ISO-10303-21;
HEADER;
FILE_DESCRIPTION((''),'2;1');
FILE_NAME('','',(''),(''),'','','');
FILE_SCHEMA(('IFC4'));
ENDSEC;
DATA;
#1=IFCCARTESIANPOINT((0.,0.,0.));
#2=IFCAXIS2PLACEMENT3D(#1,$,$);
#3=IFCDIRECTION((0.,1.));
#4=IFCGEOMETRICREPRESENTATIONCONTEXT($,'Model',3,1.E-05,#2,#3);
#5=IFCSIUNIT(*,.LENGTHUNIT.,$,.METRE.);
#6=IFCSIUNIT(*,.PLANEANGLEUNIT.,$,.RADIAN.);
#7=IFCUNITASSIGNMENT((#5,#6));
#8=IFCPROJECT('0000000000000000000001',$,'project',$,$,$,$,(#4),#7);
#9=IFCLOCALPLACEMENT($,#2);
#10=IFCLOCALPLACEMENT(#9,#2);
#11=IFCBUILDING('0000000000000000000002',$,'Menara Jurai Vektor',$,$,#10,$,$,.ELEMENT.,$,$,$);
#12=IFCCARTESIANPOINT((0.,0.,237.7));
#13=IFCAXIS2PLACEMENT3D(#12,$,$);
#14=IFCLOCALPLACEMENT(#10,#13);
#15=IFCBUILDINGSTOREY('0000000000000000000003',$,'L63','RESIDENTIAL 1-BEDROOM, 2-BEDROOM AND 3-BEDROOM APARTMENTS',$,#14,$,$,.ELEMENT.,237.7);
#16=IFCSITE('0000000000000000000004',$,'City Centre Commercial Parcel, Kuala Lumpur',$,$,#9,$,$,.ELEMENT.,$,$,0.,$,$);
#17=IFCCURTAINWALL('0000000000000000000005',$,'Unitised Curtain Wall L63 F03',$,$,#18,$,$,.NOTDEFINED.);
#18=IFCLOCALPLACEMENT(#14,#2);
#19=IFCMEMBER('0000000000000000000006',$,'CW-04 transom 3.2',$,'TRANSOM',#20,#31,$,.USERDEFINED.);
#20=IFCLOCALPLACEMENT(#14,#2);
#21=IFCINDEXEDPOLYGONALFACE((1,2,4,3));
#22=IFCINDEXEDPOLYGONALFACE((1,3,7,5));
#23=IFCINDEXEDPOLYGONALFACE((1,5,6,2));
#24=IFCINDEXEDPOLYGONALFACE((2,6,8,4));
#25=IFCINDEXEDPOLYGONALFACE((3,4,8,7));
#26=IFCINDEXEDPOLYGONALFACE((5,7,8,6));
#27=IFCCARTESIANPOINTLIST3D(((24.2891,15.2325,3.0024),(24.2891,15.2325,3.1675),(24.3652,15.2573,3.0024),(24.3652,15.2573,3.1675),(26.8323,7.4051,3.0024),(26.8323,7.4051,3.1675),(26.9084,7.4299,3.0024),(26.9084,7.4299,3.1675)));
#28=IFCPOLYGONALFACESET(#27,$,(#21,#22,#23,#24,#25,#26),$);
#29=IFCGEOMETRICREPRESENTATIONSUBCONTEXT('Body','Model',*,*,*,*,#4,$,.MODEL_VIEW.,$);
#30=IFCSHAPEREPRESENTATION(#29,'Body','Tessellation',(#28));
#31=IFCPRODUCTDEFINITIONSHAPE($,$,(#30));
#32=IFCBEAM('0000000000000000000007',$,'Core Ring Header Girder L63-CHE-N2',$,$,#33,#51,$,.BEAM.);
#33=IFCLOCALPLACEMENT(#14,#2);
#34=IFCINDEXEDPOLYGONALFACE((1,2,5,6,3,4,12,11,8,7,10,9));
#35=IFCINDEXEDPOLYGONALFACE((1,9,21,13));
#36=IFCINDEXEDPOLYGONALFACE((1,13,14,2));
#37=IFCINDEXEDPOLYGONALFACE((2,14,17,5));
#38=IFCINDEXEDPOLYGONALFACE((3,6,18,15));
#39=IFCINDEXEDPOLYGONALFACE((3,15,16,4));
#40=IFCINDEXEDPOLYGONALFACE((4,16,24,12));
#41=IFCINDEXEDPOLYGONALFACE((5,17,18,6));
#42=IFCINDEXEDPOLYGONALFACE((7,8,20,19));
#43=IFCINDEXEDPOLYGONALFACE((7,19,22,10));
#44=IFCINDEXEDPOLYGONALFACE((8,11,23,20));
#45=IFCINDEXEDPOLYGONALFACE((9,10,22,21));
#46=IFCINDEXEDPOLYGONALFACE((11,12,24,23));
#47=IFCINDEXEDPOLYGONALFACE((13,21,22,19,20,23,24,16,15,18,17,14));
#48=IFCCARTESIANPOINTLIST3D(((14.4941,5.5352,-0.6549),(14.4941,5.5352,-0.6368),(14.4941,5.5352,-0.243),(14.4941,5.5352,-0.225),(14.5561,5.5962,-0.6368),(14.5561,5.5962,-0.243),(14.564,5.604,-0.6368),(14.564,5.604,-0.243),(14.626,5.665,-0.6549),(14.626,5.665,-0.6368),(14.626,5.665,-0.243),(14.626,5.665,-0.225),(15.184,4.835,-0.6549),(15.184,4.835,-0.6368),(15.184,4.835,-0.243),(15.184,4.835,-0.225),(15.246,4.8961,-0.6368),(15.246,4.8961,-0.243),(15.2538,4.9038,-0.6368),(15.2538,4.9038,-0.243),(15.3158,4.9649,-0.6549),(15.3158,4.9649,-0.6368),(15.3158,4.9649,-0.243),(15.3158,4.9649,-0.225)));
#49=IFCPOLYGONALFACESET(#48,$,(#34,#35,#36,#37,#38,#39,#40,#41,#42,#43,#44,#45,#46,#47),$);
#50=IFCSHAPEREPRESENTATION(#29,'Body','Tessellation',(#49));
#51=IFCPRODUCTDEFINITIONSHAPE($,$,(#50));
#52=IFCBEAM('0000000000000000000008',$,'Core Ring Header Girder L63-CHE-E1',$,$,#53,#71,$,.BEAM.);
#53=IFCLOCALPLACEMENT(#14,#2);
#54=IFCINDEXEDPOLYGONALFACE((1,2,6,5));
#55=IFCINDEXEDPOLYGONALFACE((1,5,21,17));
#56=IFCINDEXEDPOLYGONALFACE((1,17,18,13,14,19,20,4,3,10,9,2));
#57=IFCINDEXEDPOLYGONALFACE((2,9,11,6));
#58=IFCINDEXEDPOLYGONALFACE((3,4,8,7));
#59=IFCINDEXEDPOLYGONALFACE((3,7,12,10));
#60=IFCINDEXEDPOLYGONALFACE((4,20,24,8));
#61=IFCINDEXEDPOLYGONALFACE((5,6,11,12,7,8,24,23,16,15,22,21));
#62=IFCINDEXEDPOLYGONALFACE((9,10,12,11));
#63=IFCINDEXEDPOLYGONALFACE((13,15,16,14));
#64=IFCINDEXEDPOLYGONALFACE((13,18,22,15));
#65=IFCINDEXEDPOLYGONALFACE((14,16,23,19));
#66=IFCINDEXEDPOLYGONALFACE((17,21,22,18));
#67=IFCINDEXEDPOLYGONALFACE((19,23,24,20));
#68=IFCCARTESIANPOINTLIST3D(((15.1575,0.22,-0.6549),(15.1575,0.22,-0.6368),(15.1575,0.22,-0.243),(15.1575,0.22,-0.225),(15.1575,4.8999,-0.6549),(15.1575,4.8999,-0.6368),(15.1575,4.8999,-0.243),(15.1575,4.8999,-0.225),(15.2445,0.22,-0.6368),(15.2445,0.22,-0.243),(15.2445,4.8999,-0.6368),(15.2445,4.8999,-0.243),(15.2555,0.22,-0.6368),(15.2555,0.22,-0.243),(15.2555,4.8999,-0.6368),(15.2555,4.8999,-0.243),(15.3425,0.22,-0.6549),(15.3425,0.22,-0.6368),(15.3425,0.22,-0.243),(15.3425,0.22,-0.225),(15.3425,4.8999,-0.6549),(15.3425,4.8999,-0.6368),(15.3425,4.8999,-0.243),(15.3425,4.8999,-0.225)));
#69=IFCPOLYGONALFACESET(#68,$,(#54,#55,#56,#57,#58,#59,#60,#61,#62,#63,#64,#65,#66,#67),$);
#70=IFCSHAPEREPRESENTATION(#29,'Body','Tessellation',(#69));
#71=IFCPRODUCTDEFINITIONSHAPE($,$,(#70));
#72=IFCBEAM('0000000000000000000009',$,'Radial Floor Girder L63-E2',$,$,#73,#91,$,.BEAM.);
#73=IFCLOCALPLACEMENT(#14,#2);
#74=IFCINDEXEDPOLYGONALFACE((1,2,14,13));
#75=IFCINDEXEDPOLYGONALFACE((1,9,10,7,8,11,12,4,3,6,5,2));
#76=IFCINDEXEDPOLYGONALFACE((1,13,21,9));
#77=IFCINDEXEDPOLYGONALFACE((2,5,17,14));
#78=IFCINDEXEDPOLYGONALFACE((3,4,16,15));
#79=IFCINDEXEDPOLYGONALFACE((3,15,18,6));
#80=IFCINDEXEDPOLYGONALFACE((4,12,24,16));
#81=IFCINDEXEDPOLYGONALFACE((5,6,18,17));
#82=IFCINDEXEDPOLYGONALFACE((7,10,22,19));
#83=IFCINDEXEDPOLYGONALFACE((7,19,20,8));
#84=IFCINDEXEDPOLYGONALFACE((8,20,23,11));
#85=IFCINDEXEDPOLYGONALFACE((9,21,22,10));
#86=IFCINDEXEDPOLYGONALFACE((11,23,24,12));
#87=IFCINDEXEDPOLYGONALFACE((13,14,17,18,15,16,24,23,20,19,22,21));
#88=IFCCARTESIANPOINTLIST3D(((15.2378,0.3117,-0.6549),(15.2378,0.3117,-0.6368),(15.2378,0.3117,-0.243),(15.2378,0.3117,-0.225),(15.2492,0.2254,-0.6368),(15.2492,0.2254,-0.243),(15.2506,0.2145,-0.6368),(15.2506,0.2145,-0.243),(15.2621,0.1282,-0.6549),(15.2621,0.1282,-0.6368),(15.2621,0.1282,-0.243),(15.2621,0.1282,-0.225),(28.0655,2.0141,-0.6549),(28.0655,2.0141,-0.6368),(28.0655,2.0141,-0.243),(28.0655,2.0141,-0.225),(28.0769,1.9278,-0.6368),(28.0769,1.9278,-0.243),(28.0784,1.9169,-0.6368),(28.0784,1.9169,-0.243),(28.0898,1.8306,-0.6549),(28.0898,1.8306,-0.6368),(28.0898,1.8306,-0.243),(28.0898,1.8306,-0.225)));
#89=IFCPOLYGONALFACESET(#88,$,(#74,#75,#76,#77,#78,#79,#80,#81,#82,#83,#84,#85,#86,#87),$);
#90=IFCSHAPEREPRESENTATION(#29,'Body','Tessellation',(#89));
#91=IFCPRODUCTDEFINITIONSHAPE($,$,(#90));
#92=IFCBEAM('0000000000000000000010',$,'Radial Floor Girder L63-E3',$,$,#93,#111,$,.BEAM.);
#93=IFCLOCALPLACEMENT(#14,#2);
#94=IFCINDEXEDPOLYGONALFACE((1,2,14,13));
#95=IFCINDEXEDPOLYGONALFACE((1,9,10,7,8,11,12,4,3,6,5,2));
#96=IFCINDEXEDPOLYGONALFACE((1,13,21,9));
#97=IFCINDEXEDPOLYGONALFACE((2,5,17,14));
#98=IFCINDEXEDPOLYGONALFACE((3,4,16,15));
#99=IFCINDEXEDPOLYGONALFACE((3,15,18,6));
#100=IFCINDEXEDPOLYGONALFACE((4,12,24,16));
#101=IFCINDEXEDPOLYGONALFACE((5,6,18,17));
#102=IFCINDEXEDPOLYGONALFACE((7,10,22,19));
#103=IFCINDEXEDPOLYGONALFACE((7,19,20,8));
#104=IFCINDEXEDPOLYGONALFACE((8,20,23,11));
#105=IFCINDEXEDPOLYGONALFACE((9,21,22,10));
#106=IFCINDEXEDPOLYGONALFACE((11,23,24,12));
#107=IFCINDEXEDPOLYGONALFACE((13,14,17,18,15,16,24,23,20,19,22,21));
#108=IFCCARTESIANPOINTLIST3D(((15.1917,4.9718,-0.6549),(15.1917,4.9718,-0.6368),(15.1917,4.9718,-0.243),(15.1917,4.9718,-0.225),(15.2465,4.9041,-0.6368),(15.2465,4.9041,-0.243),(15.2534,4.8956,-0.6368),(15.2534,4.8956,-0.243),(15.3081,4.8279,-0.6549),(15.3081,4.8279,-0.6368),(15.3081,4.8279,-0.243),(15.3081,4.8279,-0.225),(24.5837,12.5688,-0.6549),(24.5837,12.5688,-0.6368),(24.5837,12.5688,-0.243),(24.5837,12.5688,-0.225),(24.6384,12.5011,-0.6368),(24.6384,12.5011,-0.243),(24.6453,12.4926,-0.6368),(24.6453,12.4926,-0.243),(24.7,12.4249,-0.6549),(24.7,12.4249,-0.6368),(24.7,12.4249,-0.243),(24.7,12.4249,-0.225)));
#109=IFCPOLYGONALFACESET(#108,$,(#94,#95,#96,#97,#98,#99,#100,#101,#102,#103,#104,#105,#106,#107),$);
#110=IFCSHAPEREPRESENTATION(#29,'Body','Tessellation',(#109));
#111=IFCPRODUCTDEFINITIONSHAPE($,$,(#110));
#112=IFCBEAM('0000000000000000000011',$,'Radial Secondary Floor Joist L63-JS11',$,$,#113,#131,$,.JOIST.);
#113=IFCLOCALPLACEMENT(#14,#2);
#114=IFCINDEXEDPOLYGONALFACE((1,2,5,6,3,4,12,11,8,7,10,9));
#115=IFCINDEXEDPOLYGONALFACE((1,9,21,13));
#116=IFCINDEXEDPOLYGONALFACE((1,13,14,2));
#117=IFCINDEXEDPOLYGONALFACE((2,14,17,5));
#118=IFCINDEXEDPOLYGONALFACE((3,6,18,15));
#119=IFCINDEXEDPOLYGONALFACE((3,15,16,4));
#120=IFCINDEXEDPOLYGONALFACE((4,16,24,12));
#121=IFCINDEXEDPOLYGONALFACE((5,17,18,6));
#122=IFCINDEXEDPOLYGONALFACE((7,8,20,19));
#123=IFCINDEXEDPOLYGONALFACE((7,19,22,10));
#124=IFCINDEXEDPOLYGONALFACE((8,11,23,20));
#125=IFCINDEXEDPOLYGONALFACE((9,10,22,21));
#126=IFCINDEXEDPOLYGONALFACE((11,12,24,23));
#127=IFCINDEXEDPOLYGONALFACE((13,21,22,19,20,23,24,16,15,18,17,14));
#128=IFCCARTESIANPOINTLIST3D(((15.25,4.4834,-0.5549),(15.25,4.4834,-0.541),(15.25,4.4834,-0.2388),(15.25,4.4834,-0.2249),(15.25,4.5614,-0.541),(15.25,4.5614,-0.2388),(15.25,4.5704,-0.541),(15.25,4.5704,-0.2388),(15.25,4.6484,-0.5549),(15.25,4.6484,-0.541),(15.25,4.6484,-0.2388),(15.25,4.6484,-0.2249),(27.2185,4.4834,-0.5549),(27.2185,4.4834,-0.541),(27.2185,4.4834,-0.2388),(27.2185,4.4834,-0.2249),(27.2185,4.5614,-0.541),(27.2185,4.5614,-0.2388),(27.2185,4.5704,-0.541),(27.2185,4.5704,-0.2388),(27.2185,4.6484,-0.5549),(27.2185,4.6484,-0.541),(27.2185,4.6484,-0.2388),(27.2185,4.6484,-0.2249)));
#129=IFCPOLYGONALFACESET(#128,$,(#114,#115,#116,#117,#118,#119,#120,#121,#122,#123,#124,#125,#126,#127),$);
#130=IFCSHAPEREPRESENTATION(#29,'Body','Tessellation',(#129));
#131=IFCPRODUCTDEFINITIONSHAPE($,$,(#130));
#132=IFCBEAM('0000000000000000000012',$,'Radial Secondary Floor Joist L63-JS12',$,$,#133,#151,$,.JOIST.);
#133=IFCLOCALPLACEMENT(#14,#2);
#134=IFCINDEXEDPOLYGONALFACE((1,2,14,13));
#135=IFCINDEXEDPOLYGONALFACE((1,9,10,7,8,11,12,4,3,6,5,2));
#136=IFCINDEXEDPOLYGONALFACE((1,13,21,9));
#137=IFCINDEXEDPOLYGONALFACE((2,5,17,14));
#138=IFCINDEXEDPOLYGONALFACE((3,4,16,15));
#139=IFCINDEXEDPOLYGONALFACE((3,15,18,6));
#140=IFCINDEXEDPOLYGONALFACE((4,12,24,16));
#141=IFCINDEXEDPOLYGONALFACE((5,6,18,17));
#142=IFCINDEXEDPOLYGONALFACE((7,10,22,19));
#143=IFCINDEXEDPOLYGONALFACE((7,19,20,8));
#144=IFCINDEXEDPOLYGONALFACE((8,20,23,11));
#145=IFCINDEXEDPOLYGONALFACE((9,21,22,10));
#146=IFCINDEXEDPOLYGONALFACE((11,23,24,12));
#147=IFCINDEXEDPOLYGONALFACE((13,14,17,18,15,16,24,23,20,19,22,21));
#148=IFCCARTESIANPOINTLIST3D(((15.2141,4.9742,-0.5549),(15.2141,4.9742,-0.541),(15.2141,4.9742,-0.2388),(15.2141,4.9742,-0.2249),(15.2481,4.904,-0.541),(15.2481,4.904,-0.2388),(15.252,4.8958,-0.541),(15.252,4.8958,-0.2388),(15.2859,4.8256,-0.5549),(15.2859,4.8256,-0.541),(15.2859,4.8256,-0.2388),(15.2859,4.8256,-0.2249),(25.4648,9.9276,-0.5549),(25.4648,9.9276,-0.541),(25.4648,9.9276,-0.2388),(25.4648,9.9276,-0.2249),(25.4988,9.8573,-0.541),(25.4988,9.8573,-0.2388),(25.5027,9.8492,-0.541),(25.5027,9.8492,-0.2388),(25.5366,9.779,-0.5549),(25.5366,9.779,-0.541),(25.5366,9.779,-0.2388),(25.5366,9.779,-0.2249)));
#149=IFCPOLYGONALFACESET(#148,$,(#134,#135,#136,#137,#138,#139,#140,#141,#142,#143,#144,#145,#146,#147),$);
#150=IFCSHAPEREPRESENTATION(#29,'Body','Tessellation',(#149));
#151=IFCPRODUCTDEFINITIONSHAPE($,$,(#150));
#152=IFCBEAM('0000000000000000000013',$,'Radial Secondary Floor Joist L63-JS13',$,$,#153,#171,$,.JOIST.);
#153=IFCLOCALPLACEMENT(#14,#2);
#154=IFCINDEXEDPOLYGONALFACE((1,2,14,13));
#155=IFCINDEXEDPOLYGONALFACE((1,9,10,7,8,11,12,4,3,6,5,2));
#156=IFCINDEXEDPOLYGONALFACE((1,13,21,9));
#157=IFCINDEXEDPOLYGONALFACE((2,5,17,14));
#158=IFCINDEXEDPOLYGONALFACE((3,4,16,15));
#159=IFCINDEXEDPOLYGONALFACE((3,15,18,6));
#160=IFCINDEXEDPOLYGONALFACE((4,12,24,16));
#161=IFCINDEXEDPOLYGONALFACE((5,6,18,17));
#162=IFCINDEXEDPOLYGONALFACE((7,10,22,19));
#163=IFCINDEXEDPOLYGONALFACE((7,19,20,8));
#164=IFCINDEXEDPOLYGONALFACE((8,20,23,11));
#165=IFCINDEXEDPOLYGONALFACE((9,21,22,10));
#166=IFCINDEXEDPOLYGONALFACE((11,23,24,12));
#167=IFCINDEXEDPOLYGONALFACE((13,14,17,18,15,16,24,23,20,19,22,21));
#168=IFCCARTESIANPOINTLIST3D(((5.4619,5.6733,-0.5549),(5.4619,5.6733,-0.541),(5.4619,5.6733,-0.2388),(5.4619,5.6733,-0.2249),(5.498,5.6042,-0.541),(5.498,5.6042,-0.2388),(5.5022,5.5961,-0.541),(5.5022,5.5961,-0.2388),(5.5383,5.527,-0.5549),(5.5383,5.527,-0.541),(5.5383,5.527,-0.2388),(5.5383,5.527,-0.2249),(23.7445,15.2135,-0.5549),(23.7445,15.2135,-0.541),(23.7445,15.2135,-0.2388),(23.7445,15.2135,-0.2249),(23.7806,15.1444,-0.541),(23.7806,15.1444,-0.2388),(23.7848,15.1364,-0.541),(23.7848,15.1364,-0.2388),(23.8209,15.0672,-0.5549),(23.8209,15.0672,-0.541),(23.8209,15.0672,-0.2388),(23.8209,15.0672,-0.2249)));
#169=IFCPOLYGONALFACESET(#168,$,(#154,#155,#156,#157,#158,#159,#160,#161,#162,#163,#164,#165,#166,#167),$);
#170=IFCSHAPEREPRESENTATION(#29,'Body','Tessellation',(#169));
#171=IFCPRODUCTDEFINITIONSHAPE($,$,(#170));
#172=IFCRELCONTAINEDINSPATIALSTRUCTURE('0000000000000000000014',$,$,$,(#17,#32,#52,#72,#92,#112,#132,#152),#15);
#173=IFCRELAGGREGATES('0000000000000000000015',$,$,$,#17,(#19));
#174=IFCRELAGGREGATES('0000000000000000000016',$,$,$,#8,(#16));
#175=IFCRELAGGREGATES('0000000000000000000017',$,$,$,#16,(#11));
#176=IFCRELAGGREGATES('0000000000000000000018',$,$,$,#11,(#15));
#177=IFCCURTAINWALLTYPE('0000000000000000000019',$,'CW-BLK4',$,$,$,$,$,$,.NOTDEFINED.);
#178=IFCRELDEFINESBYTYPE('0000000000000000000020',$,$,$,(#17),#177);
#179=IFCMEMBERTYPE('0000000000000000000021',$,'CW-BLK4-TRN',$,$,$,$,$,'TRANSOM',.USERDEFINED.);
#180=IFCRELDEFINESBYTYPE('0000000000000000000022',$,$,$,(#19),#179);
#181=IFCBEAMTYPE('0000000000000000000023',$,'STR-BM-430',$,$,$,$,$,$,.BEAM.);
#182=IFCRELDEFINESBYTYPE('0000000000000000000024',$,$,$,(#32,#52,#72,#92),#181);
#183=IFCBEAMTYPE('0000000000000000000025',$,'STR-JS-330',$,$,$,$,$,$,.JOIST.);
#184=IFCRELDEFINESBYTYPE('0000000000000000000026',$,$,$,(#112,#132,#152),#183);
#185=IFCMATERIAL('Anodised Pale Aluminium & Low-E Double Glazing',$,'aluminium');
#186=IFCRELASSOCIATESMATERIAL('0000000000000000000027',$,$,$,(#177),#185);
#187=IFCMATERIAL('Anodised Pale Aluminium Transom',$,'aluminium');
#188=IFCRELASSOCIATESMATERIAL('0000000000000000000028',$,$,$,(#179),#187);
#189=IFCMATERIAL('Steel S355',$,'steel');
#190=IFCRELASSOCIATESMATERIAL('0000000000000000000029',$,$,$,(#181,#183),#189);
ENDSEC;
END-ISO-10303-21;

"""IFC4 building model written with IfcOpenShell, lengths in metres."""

from ifc_helpers import new_model, si_unit, direction, frame, origin, origin_2d, place, context, subcontext, project, spatial, rectangle, i_section, extrude, material, material_profile, profile_set, type_object, element, aggregate, save


model = new_model("IFC4")

# Units and contexts
model_context = context("Model", 3, precision=1e-05, world=origin(), true_north=direction((0.0, 1.0)))
body_context = subcontext(model_context, "Body", "Model", "MODEL_VIEW")
ifc_project = project(units=[si_unit("LENGTHUNIT", "METRE"), si_unit("PLANEANGLEUNIT", "RADIAN")], contexts=[model_context])

# Site, building, storey
site_placement = place(None, origin())
site = spatial("IfcSite", under=ifc_project, at=site_placement, Name="City Centre Commercial Parcel, Kuala Lumpur", CompositionType="ELEMENT", RefElevation=0.0)
building_placement = place(site_placement, origin())
building = spatial("IfcBuilding", under=site, at=building_placement, Name="Menara Jurai Vektor", CompositionType="ELEMENT")
storey_placement = place(building_placement, frame((0.0, 0.0, 237.7)))
storey = spatial("IfcBuildingStorey", under=building, at=storey_placement, Name="L63", Description="RESIDENTIAL 1-BEDROOM, 2-BEDROOM AND 3-BEDROOM APARTMENTS", CompositionType="ELEMENT", Elevation=237.7)

# Curtain wall, member
ifc_material_1 = material(Name="Anodised Pale Aluminium & Low-E Double Glazing", Category="aluminium")
curtain_wall_type = type_object("IfcCurtainWallType", Name="CW-BLK4", PredefinedType="NOTDEFINED", material=ifc_material_1)
curtain_wall_placement = place(storey_placement, origin())
curtain_wall = element("IfcCurtainWall", 1, at=curtain_wall_placement, inside=storey, type_object=curtain_wall_type, Name="Unitised Curtain Wall L63 F03", PredefinedType="NOTDEFINED")
ifc_material_2 = material(Name="Anodised Pale Aluminium Transom", Category="aluminium")
ifc_material_profile_1 = material_profile(ifc_material_2, rectangle(XDim=0.0801, YDim=0.165, at=origin_2d()), Name="ALU TRN 80x165")
ifc_profile_set_1 = profile_set([ifc_material_profile_1], Name="Anodised Pale Aluminium Transom")
member_type_1 = type_object("IfcMemberType", Name="CW-BLK4-TRN", ElementType="TRANSOM", PredefinedType="USERDEFINED", material=ifc_profile_set_1)
member_1_placement = place(storey_placement, frame((26.8704, 7.4175, 3.085), z_axis=(-0.30901, 0.951059, 0.0), x_axis=(-0.951059, -0.30901, 0.0)))
member_1 = element("IfcMember", 2, at=member_1_placement, type_object=member_type_1, Name="CW-04 transom 3.2", ObjectType="TRANSOM", PredefinedType="USERDEFINED", context=body_context, shape_type="SweptSolid", body=[
    extrude(rectangle(XDim=0.0801, YDim=0.165, at=origin_2d()), origin(), (0.0, 0.0, 1.0), 8.2302),
])

# Beams
ifc_material_3 = material(Name="Steel S355", Category="steel")
ifc_material_profile_2 = material_profile(ifc_material_3, i_section(OverallWidth=0.1851, OverallDepth=0.4299, WebThickness=0.011, FlangeThickness=0.0181, at=origin_2d()), Name="PG 430x185x76")
ifc_profile_set_2 = profile_set([ifc_material_profile_2], Name="Steel S355")
beam_type_1 = type_object("IfcBeamType", Name="STR-BM-430", PredefinedType="BEAM", material=ifc_profile_set_2)
beam_1_placement = place(storey_placement, frame((14.5601, 5.6001, -0.4399), z_axis=(0.701872, -0.712303, 0.0), x_axis=(0.712303, 0.701872, 0.0)))
element("IfcBeam", 3, at=beam_1_placement, inside=storey, type_object=beam_type_1, Name="Core Ring Header Girder L63-CHE-N2", PredefinedType="BEAM", context=body_context, shape_type="SweptSolid", body=[
    extrude(i_section(OverallWidth=0.1851, OverallDepth=0.4299, WebThickness=0.011, FlangeThickness=0.0181, at=origin_2d()), origin(), (0.0, 0.0, 1.0), 0.9829),
])
beam_2_placement = place(storey_placement, frame((15.25, 0.22, -0.4399), z_axis=(0.0, 1.0, 0.0), x_axis=(-1.0, 0.0, 0.0)))
element("IfcBeam", 4, at=beam_2_placement, inside=storey, type_object=beam_type_1, Name="Core Ring Header Girder L63-CHE-E1", PredefinedType="BEAM", context=body_context, shape_type="SweptSolid", body=[
    extrude(i_section(OverallWidth=0.1851, OverallDepth=0.4299, WebThickness=0.011, FlangeThickness=0.0181, at=origin_2d()), origin(), (0.0, 0.0, 1.0), 4.6799),
])
beam_3_placement = place(storey_placement, frame((28.0776, 1.9224, -0.4399), z_axis=(-0.991308, -0.131559, 0.0), x_axis=(0.131559, -0.991308, 0.0)))
element("IfcBeam", 5, at=beam_3_placement, inside=storey, type_object=beam_type_1, Name="Radial Floor Girder L63-E2", PredefinedType="BEAM", context=body_context, shape_type="SweptSolid", body=[
    extrude(i_section(OverallWidth=0.1851, OverallDepth=0.4299, WebThickness=0.011, FlangeThickness=0.0181, at=origin_2d()), origin(), (0.0, 0.0, 1.0), 12.9402),
])
beam_4_placement = place(storey_placement, frame((24.6418, 12.4968, -0.4399), z_axis=(-0.777488, -0.628898, 0.0), x_axis=(0.628898, -0.777488, 0.0)))
element("IfcBeam", 6, at=beam_4_placement, inside=storey, type_object=beam_type_1, Name="Radial Floor Girder L63-E3", PredefinedType="BEAM", context=body_context, shape_type="SweptSolid", body=[
    extrude(i_section(OverallWidth=0.1851, OverallDepth=0.4299, WebThickness=0.011, FlangeThickness=0.0181, at=origin_2d()), origin(), (0.0, 0.0, 1.0), 12.0798),
])
ifc_material_profile_3 = material_profile(ifc_material_3, i_section(OverallWidth=0.165, OverallDepth=0.3301, WebThickness=0.009, FlangeThickness=0.0139, at=origin_2d()), Name="PG 330x165x46")
ifc_profile_set_3 = profile_set([ifc_material_profile_3], Name="Steel S355")
beam_type_2 = type_object("IfcBeamType", Name="STR-JS-330", PredefinedType="JOIST", material=ifc_profile_set_3)
beam_5_placement = place(storey_placement, frame((27.2185, 4.5659, -0.3899), z_axis=(-1.0, 0.0, 0.0), x_axis=(0.0, -1.0, 0.0)))
element("IfcBeam", 7, at=beam_5_placement, inside=storey, type_object=beam_type_2, Name="Radial Secondary Floor Joist L63-JS11", PredefinedType="JOIST", context=body_context, shape_type="SweptSolid", body=[
    extrude(i_section(OverallWidth=0.165, OverallDepth=0.3301, WebThickness=0.009, FlangeThickness=0.0139, at=origin_2d()), origin(), (0.0, 0.0, 1.0), 11.9685),
])
beam_6_placement = place(storey_placement, frame((25.5007, 9.8533, -0.3899), z_axis=(-0.900389, -0.435087, 0.0), x_axis=(0.435087, -0.900389, 0.0)))
element("IfcBeam", 8, at=beam_6_placement, inside=storey, type_object=beam_type_2, Name="Radial Secondary Floor Joist L63-JS12", PredefinedType="JOIST", context=body_context, shape_type="SweptSolid", body=[
    extrude(i_section(OverallWidth=0.165, OverallDepth=0.3301, WebThickness=0.009, FlangeThickness=0.0139, at=origin_2d()), origin(), (0.0, 0.0, 1.0), 11.3848),
])
beam_7_placement = place(storey_placement, frame((23.7827, 15.1404, -0.3899), z_axis=(-0.886556, -0.462622, 0.0), x_axis=(0.462622, -0.886556, 0.0)))
element("IfcBeam", 9, at=beam_7_placement, inside=storey, type_object=beam_type_2, Name="Radial Secondary Floor Joist L63-JS13", PredefinedType="JOIST", context=body_context, shape_type="SweptSolid", body=[
    extrude(i_section(OverallWidth=0.165, OverallDepth=0.3301, WebThickness=0.009, FlangeThickness=0.0139, at=origin_2d()), origin(), (0.0, 0.0, 1.0), 20.6221),
])

aggregate(curtain_wall, [member_1])

save(model, "model.ifc")
